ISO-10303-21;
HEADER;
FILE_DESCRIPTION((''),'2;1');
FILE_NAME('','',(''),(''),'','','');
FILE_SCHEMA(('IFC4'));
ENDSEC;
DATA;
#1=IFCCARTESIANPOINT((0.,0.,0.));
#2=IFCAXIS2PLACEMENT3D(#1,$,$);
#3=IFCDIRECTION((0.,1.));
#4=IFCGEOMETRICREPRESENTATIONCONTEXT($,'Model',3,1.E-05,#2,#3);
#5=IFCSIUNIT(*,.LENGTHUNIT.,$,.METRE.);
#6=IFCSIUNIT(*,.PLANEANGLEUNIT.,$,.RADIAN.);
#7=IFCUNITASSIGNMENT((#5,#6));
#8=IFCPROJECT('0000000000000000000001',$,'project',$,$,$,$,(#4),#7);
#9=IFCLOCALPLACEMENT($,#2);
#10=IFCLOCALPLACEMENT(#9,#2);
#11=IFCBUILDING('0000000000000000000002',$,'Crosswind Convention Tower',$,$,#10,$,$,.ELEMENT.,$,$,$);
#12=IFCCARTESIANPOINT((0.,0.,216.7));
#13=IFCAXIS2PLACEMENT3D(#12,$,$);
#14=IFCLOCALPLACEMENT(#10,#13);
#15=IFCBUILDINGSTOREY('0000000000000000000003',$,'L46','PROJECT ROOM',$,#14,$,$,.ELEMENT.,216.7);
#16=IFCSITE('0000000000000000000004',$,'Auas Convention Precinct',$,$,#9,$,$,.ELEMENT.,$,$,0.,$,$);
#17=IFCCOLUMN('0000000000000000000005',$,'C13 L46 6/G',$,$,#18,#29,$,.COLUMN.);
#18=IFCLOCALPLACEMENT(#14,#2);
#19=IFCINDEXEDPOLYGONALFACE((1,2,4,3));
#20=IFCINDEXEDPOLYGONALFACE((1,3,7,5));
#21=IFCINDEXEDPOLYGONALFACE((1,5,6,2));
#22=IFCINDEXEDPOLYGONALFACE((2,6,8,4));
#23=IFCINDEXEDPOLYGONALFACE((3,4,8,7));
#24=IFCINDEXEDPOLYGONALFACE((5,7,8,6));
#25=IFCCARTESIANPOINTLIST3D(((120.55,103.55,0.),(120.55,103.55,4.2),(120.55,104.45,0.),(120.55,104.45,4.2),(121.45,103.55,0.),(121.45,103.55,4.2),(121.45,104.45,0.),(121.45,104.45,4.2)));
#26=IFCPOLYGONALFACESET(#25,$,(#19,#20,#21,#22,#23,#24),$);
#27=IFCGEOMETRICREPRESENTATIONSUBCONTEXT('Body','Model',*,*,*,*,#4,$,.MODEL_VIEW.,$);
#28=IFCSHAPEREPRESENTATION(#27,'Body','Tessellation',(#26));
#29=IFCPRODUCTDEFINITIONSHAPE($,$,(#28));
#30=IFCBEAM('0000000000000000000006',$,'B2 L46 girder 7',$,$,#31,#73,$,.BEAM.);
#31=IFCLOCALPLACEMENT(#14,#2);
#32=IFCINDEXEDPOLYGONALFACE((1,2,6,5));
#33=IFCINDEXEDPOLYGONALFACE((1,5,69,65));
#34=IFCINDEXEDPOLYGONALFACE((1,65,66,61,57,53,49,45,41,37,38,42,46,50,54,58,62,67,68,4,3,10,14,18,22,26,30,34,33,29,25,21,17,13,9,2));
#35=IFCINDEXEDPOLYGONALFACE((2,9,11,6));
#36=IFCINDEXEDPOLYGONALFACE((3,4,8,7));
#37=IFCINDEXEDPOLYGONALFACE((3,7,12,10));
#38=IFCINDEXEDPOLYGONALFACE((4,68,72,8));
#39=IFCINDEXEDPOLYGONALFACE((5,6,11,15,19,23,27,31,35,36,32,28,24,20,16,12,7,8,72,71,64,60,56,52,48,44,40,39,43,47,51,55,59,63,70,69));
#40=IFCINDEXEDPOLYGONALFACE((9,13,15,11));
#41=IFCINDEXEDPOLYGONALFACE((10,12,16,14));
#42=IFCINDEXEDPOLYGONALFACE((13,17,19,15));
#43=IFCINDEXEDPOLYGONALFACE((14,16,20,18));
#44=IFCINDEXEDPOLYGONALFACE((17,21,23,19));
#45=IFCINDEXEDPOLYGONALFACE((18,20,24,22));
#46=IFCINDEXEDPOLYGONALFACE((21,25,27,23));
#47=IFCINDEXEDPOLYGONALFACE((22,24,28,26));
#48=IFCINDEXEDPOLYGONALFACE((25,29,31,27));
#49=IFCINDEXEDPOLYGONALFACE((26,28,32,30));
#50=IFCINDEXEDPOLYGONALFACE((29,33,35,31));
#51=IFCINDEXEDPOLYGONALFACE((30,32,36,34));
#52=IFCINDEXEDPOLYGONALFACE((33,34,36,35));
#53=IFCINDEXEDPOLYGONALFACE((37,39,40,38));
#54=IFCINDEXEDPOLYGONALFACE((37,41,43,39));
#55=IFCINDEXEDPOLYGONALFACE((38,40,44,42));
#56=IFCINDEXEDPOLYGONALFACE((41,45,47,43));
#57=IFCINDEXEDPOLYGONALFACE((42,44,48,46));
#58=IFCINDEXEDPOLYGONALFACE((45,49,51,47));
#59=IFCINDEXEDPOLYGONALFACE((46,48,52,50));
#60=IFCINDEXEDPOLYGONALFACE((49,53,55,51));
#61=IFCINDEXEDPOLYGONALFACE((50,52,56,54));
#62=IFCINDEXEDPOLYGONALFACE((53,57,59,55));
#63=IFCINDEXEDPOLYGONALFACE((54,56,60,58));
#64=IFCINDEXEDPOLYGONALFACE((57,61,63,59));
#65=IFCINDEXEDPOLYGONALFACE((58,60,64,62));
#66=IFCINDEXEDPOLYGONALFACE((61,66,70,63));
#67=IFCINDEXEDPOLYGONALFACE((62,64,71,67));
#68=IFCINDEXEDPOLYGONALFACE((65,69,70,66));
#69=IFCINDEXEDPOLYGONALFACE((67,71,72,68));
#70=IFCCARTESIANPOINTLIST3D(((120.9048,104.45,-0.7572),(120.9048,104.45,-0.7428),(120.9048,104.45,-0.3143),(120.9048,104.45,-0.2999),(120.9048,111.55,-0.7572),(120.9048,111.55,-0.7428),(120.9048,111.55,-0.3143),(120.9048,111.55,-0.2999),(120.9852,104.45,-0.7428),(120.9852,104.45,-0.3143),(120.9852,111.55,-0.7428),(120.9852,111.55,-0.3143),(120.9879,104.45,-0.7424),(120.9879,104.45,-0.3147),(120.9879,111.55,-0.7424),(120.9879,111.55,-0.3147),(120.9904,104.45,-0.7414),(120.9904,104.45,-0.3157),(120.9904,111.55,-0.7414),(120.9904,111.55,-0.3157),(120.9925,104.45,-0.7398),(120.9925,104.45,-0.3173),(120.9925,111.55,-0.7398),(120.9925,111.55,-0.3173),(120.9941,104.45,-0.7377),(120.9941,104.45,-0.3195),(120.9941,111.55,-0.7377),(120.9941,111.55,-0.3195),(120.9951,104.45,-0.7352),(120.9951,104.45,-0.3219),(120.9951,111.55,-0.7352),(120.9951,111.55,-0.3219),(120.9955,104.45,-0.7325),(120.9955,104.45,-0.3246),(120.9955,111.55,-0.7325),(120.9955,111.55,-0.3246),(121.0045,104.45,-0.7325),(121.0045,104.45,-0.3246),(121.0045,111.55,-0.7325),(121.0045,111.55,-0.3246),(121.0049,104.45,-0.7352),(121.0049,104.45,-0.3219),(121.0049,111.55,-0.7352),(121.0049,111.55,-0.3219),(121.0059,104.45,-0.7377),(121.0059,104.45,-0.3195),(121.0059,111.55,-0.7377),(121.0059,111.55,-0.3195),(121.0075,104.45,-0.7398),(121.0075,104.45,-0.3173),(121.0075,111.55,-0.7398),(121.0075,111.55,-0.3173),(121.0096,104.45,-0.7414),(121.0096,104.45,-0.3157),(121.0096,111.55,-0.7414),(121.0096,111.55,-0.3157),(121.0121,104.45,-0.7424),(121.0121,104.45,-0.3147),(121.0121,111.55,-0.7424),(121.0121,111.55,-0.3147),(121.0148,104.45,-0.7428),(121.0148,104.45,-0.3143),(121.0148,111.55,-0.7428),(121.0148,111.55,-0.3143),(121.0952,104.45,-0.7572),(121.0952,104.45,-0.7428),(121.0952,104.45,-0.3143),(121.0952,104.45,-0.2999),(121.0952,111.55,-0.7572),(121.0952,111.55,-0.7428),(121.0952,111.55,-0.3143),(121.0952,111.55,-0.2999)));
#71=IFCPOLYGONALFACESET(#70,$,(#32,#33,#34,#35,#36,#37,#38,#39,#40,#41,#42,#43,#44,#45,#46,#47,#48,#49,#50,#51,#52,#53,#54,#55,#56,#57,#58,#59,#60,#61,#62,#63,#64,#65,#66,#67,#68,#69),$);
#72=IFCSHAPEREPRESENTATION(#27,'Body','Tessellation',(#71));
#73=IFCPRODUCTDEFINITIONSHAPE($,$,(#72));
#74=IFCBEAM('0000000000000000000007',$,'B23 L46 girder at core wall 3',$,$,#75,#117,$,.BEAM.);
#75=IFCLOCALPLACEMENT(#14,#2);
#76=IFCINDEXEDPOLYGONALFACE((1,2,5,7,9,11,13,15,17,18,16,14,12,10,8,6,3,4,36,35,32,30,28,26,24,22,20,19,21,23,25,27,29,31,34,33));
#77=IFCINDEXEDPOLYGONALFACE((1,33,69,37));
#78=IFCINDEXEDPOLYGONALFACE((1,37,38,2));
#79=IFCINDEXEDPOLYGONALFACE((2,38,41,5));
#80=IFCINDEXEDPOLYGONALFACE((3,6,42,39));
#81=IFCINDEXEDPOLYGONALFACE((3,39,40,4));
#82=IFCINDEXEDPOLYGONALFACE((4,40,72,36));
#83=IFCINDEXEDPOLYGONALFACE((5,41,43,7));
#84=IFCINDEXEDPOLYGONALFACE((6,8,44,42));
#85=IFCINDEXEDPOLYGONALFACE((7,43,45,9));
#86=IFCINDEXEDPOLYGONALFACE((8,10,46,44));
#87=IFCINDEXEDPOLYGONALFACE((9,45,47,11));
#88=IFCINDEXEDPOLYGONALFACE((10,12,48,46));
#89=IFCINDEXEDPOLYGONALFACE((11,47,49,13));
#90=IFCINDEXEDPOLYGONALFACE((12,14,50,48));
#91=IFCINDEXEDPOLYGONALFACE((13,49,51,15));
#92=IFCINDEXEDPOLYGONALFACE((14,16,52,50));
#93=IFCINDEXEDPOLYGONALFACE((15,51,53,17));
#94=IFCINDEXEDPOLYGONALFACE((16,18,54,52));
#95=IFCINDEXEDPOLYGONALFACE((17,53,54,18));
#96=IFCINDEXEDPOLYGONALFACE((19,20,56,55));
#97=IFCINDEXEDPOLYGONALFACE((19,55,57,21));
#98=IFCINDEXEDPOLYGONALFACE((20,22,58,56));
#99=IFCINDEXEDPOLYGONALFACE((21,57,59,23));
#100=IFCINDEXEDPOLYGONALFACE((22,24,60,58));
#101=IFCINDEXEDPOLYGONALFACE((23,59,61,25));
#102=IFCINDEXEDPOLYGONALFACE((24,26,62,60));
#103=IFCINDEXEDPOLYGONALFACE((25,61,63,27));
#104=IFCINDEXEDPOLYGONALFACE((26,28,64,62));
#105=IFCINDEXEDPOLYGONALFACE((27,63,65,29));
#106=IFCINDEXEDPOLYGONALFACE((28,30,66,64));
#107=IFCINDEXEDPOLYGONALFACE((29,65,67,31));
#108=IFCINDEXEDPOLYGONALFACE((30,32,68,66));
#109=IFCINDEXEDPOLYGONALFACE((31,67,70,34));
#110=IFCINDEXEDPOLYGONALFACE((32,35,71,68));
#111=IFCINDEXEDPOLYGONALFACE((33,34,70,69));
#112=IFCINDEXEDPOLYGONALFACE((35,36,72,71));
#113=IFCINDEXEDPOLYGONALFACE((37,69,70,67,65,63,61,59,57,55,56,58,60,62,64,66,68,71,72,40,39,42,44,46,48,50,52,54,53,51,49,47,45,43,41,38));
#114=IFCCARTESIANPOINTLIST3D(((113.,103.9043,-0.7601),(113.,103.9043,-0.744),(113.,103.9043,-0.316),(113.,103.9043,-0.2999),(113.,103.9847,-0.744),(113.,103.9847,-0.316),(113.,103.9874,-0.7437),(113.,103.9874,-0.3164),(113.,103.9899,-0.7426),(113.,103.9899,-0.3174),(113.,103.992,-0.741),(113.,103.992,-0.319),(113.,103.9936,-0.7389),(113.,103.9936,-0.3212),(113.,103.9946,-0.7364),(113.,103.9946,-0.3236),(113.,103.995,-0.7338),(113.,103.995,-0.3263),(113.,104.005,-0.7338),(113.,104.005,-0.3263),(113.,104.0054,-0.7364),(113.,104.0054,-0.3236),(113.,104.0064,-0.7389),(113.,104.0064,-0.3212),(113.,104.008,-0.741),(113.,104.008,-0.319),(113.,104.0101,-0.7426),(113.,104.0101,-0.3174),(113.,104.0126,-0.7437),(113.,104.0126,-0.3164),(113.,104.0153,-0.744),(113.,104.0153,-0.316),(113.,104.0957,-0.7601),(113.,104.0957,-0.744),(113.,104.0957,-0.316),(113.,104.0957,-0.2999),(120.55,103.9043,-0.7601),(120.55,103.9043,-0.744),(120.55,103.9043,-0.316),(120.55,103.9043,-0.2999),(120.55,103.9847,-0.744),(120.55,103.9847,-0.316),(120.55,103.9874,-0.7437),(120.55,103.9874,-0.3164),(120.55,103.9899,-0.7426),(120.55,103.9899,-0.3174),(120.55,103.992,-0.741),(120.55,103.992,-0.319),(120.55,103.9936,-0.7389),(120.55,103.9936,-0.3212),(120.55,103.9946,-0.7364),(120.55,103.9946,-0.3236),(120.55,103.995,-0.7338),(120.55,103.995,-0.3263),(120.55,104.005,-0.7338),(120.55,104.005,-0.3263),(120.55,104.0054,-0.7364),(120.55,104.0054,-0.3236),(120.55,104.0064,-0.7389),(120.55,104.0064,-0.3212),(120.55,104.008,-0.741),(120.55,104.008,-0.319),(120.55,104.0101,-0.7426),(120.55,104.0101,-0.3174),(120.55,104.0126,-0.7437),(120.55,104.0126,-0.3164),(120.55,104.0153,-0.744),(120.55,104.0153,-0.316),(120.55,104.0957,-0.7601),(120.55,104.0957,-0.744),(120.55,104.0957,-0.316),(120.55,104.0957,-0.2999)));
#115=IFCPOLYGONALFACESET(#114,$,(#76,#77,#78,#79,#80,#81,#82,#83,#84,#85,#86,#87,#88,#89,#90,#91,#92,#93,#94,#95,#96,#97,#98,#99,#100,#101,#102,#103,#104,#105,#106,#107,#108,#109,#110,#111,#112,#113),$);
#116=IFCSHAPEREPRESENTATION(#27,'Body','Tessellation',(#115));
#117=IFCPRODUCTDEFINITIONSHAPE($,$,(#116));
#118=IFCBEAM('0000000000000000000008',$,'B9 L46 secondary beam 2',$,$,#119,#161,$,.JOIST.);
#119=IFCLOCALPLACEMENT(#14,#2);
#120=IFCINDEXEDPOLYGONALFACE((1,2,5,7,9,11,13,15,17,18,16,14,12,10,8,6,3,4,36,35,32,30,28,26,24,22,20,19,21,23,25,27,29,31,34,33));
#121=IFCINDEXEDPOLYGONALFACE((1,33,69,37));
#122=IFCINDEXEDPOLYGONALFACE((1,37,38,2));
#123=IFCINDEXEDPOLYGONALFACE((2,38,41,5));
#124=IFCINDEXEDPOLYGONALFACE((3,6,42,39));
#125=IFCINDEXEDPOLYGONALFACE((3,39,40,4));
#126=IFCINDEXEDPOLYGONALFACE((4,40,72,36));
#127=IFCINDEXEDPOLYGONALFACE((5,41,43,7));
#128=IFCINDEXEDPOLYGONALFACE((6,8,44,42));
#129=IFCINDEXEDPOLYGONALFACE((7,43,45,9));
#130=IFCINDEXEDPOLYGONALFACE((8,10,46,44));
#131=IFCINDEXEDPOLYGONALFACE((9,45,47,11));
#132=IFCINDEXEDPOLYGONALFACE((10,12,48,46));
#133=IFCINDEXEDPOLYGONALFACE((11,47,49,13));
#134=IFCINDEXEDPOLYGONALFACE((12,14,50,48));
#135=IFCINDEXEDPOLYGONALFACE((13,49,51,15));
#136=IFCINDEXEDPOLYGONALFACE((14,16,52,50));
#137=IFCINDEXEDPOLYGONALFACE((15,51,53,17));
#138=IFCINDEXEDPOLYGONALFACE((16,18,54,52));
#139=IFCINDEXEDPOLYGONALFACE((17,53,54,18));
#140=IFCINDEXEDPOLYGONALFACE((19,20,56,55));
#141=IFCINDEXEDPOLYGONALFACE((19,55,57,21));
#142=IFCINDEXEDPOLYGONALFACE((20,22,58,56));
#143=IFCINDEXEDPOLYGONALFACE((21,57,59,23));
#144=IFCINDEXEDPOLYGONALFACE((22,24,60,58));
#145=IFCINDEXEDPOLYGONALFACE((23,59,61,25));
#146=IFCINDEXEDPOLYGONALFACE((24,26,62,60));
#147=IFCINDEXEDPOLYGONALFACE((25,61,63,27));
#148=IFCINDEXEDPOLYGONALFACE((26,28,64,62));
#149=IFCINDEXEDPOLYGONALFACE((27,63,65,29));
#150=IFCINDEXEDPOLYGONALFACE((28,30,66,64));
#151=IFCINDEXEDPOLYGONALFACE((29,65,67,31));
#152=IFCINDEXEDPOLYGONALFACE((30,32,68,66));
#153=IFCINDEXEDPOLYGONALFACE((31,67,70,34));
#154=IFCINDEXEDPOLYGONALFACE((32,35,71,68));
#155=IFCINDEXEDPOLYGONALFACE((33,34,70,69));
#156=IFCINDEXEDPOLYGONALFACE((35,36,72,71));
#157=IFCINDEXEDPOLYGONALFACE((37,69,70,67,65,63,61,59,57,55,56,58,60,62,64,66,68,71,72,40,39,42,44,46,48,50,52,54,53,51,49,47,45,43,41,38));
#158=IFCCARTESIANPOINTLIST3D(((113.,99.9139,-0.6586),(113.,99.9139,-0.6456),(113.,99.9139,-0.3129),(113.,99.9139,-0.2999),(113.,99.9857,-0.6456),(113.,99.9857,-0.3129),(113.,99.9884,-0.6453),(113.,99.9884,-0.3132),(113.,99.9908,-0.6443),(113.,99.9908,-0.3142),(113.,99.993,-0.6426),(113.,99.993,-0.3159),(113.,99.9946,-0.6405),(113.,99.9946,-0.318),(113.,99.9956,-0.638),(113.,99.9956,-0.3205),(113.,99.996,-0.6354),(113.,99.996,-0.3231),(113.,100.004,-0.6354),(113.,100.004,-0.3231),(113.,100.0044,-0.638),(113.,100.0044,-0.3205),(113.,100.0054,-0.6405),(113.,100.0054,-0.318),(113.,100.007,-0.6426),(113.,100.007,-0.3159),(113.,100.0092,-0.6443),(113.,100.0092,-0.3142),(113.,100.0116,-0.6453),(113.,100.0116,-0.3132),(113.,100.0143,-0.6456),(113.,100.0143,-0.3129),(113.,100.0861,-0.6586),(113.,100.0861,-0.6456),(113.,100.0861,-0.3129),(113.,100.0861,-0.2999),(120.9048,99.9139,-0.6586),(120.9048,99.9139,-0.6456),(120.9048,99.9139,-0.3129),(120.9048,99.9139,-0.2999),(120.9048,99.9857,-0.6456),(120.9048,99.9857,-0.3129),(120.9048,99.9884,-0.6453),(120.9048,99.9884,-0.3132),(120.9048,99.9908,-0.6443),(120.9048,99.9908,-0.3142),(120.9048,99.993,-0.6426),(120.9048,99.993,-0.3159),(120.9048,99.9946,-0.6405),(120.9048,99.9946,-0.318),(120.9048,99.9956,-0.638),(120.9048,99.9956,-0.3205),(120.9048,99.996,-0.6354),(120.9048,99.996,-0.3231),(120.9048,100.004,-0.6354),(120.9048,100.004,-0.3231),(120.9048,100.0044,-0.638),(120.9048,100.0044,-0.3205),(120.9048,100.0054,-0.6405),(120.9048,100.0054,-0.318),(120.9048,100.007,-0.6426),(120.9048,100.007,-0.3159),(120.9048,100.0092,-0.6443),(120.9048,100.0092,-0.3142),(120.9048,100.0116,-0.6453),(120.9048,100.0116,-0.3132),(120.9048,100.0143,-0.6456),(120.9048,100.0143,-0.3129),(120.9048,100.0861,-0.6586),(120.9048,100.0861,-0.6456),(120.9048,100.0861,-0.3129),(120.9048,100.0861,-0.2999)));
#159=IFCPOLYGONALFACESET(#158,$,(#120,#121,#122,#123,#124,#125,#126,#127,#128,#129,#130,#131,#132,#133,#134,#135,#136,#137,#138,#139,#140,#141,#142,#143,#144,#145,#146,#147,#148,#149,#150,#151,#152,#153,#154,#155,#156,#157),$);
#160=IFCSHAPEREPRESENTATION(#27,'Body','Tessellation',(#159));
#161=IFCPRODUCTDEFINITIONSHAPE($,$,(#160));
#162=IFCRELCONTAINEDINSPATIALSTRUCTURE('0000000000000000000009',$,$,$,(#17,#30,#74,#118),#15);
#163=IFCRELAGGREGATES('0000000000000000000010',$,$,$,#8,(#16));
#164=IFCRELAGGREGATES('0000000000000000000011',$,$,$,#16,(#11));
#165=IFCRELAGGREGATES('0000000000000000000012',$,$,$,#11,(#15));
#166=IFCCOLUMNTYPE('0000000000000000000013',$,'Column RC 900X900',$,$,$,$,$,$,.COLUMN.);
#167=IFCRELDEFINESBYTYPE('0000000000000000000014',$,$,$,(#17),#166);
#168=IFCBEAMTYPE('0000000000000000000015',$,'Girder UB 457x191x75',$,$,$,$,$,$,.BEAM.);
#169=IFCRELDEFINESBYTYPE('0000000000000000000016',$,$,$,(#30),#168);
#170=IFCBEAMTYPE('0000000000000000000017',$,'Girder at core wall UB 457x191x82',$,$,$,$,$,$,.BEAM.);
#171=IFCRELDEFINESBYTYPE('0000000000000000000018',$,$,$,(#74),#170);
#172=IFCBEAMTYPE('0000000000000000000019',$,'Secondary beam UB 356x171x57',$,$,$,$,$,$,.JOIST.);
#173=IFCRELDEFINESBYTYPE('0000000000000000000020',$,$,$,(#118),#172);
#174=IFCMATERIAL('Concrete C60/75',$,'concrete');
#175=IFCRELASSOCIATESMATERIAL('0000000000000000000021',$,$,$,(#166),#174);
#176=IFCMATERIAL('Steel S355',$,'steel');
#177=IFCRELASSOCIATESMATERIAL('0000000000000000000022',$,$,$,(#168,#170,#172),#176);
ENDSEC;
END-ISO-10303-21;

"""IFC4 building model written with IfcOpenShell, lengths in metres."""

from ifc_helpers import new_model, si_unit, direction, frame, origin, origin_2d, place, context, subcontext, project, spatial, rectangle, i_section, extrude, material, material_profile, profile_set, type_object, element, save


model = new_model("IFC4")

# Units and contexts
model_context = context("Model", 3, precision=1e-05, world=origin(), true_north=direction((0.0, 1.0)))
body_context = subcontext(model_context, "Body", "Model", "MODEL_VIEW")
ifc_project = project(units=[si_unit("LENGTHUNIT", "METRE"), si_unit("PLANEANGLEUNIT", "RADIAN")], contexts=[model_context])

# Site, building, storey
site_placement = place(None, origin())
site = spatial("IfcSite", under=ifc_project, at=site_placement, Name="Auas Convention Precinct", CompositionType="ELEMENT", RefElevation=0.0)
building_placement = place(site_placement, origin())
building = spatial("IfcBuilding", under=site, at=building_placement, Name="Crosswind Convention Tower", CompositionType="ELEMENT")
storey_placement = place(building_placement, frame((0.0, 0.0, 216.7)))
storey = spatial("IfcBuildingStorey", under=building, at=storey_placement, Name="L46", Description="PROJECT ROOM", CompositionType="ELEMENT", Elevation=216.7)

# Column
ifc_material_1 = material(Name="Concrete C60/75", Category="concrete")
ifc_material_profile_1 = material_profile(ifc_material_1, rectangle(XDim=0.8999, YDim=0.8999, at=origin_2d()), Name="RC 900X900")
ifc_profile_set_1 = profile_set([ifc_material_profile_1], Name="Concrete C60/75")
column_type = type_object("IfcColumnType", Name="Column RC 900X900", PredefinedType="COLUMN", material=ifc_profile_set_1)
column_placement = place(storey_placement, frame((121.0, 104.0, 0.0), z_axis=(0.0, 0.0, 1.0), x_axis=(1.0, 0.0, 0.0)))
element("IfcColumn", 1, at=column_placement, inside=storey, type_object=column_type, Name="C13 L46 6/G", PredefinedType="COLUMN", context=body_context, shape_type="SweptSolid", body=[
    extrude(rectangle(XDim=0.8999, YDim=0.8999, at=origin_2d()), origin(), (0.0, 0.0, 1.0), 4.2),
])

# Beams
ifc_material_2 = material(Name="Steel S355", Category="steel")
ifc_material_profile_2 = material_profile(ifc_material_2, i_section(OverallWidth=0.1904, OverallDepth=0.4573, WebThickness=0.009, FlangeThickness=0.0144, FilletRadius=0.0103, at=origin_2d()), Name="UB 457x191x75")
ifc_profile_set_2 = profile_set([ifc_material_profile_2], Name="Steel S355")
beam_type_1 = type_object("IfcBeamType", Name="Girder UB 457x191x75", PredefinedType="BEAM", material=ifc_profile_set_2)
beam_1_placement = place(storey_placement, frame((121.0, 104.45, -0.5286), z_axis=(0.0, 1.0, 0.0), x_axis=(-1.0, 0.0, 0.0)))
element("IfcBeam", 2, at=beam_1_placement, inside=storey, type_object=beam_type_1, Name="B2 L46 girder 7", PredefinedType="BEAM", context=body_context, shape_type="SweptSolid", body=[
    extrude(i_section(OverallWidth=0.1904, OverallDepth=0.4573, WebThickness=0.009, FlangeThickness=0.0144, FilletRadius=0.0103, at=origin_2d()), origin(), (0.0, 0.0, 1.0), 7.1001),
])
ifc_material_profile_3 = material_profile(ifc_material_2, i_section(OverallWidth=0.1914, OverallDepth=0.4602, WebThickness=0.01, FlangeThickness=0.0161, FilletRadius=0.0103, at=origin_2d()), Name="UB 457x191x82")
ifc_profile_set_3 = profile_set([ifc_material_profile_3], Name="Steel S355")
beam_type_2 = type_object("IfcBeamType", Name="Girder at core wall UB 457x191x82", PredefinedType="BEAM", material=ifc_profile_set_3)
beam_2_placement = place(storey_placement, frame((113.0, 104.0, -0.53), z_axis=(1.0, 0.0, 0.0), x_axis=(0.0, 1.0, 0.0)))
element("IfcBeam", 3, at=beam_2_placement, inside=storey, type_object=beam_type_2, Name="B23 L46 girder at core wall 3", PredefinedType="BEAM", context=body_context, shape_type="SweptSolid", body=[
    extrude(i_section(OverallWidth=0.1914, OverallDepth=0.4602, WebThickness=0.01, FlangeThickness=0.0161, FilletRadius=0.0103, at=origin_2d()), origin(), (0.0, 0.0, 1.0), 7.55),
])
ifc_material_profile_4 = material_profile(ifc_material_2, i_section(OverallWidth=0.1721, OverallDepth=0.3586, WebThickness=0.0081, FlangeThickness=0.0129, FilletRadius=0.0103, at=origin_2d()), Name="UB 356x171x57")
ifc_profile_set_4 = profile_set([ifc_material_profile_4], Name="Steel S355")
beam_type_3 = type_object("IfcBeamType", Name="Secondary beam UB 356x171x57", PredefinedType="JOIST", material=ifc_profile_set_4)
for number, where, z_axis, x_axis, name in (
    (4, (113.0, 100.0, -0.4792), (1.0, 0.0, 0.0), (0.0, 1.0, 0.0), "B9 L46 secondary beam 2"),
):
    element("IfcBeam", number, at=place(storey_placement, frame(where, z_axis=z_axis, x_axis=x_axis)), inside=storey, type_object=beam_type_3, Name=name, PredefinedType="JOIST", context=body_context, shape_type="SweptSolid", body=[
        extrude(i_section(OverallWidth=0.1721, OverallDepth=0.3586, WebThickness=0.0081, FlangeThickness=0.0129, FilletRadius=0.0103, at=origin_2d()), origin(), (0.0, 0.0, 1.0), 7.9048),
    ])

save(model, "model.ifc")
